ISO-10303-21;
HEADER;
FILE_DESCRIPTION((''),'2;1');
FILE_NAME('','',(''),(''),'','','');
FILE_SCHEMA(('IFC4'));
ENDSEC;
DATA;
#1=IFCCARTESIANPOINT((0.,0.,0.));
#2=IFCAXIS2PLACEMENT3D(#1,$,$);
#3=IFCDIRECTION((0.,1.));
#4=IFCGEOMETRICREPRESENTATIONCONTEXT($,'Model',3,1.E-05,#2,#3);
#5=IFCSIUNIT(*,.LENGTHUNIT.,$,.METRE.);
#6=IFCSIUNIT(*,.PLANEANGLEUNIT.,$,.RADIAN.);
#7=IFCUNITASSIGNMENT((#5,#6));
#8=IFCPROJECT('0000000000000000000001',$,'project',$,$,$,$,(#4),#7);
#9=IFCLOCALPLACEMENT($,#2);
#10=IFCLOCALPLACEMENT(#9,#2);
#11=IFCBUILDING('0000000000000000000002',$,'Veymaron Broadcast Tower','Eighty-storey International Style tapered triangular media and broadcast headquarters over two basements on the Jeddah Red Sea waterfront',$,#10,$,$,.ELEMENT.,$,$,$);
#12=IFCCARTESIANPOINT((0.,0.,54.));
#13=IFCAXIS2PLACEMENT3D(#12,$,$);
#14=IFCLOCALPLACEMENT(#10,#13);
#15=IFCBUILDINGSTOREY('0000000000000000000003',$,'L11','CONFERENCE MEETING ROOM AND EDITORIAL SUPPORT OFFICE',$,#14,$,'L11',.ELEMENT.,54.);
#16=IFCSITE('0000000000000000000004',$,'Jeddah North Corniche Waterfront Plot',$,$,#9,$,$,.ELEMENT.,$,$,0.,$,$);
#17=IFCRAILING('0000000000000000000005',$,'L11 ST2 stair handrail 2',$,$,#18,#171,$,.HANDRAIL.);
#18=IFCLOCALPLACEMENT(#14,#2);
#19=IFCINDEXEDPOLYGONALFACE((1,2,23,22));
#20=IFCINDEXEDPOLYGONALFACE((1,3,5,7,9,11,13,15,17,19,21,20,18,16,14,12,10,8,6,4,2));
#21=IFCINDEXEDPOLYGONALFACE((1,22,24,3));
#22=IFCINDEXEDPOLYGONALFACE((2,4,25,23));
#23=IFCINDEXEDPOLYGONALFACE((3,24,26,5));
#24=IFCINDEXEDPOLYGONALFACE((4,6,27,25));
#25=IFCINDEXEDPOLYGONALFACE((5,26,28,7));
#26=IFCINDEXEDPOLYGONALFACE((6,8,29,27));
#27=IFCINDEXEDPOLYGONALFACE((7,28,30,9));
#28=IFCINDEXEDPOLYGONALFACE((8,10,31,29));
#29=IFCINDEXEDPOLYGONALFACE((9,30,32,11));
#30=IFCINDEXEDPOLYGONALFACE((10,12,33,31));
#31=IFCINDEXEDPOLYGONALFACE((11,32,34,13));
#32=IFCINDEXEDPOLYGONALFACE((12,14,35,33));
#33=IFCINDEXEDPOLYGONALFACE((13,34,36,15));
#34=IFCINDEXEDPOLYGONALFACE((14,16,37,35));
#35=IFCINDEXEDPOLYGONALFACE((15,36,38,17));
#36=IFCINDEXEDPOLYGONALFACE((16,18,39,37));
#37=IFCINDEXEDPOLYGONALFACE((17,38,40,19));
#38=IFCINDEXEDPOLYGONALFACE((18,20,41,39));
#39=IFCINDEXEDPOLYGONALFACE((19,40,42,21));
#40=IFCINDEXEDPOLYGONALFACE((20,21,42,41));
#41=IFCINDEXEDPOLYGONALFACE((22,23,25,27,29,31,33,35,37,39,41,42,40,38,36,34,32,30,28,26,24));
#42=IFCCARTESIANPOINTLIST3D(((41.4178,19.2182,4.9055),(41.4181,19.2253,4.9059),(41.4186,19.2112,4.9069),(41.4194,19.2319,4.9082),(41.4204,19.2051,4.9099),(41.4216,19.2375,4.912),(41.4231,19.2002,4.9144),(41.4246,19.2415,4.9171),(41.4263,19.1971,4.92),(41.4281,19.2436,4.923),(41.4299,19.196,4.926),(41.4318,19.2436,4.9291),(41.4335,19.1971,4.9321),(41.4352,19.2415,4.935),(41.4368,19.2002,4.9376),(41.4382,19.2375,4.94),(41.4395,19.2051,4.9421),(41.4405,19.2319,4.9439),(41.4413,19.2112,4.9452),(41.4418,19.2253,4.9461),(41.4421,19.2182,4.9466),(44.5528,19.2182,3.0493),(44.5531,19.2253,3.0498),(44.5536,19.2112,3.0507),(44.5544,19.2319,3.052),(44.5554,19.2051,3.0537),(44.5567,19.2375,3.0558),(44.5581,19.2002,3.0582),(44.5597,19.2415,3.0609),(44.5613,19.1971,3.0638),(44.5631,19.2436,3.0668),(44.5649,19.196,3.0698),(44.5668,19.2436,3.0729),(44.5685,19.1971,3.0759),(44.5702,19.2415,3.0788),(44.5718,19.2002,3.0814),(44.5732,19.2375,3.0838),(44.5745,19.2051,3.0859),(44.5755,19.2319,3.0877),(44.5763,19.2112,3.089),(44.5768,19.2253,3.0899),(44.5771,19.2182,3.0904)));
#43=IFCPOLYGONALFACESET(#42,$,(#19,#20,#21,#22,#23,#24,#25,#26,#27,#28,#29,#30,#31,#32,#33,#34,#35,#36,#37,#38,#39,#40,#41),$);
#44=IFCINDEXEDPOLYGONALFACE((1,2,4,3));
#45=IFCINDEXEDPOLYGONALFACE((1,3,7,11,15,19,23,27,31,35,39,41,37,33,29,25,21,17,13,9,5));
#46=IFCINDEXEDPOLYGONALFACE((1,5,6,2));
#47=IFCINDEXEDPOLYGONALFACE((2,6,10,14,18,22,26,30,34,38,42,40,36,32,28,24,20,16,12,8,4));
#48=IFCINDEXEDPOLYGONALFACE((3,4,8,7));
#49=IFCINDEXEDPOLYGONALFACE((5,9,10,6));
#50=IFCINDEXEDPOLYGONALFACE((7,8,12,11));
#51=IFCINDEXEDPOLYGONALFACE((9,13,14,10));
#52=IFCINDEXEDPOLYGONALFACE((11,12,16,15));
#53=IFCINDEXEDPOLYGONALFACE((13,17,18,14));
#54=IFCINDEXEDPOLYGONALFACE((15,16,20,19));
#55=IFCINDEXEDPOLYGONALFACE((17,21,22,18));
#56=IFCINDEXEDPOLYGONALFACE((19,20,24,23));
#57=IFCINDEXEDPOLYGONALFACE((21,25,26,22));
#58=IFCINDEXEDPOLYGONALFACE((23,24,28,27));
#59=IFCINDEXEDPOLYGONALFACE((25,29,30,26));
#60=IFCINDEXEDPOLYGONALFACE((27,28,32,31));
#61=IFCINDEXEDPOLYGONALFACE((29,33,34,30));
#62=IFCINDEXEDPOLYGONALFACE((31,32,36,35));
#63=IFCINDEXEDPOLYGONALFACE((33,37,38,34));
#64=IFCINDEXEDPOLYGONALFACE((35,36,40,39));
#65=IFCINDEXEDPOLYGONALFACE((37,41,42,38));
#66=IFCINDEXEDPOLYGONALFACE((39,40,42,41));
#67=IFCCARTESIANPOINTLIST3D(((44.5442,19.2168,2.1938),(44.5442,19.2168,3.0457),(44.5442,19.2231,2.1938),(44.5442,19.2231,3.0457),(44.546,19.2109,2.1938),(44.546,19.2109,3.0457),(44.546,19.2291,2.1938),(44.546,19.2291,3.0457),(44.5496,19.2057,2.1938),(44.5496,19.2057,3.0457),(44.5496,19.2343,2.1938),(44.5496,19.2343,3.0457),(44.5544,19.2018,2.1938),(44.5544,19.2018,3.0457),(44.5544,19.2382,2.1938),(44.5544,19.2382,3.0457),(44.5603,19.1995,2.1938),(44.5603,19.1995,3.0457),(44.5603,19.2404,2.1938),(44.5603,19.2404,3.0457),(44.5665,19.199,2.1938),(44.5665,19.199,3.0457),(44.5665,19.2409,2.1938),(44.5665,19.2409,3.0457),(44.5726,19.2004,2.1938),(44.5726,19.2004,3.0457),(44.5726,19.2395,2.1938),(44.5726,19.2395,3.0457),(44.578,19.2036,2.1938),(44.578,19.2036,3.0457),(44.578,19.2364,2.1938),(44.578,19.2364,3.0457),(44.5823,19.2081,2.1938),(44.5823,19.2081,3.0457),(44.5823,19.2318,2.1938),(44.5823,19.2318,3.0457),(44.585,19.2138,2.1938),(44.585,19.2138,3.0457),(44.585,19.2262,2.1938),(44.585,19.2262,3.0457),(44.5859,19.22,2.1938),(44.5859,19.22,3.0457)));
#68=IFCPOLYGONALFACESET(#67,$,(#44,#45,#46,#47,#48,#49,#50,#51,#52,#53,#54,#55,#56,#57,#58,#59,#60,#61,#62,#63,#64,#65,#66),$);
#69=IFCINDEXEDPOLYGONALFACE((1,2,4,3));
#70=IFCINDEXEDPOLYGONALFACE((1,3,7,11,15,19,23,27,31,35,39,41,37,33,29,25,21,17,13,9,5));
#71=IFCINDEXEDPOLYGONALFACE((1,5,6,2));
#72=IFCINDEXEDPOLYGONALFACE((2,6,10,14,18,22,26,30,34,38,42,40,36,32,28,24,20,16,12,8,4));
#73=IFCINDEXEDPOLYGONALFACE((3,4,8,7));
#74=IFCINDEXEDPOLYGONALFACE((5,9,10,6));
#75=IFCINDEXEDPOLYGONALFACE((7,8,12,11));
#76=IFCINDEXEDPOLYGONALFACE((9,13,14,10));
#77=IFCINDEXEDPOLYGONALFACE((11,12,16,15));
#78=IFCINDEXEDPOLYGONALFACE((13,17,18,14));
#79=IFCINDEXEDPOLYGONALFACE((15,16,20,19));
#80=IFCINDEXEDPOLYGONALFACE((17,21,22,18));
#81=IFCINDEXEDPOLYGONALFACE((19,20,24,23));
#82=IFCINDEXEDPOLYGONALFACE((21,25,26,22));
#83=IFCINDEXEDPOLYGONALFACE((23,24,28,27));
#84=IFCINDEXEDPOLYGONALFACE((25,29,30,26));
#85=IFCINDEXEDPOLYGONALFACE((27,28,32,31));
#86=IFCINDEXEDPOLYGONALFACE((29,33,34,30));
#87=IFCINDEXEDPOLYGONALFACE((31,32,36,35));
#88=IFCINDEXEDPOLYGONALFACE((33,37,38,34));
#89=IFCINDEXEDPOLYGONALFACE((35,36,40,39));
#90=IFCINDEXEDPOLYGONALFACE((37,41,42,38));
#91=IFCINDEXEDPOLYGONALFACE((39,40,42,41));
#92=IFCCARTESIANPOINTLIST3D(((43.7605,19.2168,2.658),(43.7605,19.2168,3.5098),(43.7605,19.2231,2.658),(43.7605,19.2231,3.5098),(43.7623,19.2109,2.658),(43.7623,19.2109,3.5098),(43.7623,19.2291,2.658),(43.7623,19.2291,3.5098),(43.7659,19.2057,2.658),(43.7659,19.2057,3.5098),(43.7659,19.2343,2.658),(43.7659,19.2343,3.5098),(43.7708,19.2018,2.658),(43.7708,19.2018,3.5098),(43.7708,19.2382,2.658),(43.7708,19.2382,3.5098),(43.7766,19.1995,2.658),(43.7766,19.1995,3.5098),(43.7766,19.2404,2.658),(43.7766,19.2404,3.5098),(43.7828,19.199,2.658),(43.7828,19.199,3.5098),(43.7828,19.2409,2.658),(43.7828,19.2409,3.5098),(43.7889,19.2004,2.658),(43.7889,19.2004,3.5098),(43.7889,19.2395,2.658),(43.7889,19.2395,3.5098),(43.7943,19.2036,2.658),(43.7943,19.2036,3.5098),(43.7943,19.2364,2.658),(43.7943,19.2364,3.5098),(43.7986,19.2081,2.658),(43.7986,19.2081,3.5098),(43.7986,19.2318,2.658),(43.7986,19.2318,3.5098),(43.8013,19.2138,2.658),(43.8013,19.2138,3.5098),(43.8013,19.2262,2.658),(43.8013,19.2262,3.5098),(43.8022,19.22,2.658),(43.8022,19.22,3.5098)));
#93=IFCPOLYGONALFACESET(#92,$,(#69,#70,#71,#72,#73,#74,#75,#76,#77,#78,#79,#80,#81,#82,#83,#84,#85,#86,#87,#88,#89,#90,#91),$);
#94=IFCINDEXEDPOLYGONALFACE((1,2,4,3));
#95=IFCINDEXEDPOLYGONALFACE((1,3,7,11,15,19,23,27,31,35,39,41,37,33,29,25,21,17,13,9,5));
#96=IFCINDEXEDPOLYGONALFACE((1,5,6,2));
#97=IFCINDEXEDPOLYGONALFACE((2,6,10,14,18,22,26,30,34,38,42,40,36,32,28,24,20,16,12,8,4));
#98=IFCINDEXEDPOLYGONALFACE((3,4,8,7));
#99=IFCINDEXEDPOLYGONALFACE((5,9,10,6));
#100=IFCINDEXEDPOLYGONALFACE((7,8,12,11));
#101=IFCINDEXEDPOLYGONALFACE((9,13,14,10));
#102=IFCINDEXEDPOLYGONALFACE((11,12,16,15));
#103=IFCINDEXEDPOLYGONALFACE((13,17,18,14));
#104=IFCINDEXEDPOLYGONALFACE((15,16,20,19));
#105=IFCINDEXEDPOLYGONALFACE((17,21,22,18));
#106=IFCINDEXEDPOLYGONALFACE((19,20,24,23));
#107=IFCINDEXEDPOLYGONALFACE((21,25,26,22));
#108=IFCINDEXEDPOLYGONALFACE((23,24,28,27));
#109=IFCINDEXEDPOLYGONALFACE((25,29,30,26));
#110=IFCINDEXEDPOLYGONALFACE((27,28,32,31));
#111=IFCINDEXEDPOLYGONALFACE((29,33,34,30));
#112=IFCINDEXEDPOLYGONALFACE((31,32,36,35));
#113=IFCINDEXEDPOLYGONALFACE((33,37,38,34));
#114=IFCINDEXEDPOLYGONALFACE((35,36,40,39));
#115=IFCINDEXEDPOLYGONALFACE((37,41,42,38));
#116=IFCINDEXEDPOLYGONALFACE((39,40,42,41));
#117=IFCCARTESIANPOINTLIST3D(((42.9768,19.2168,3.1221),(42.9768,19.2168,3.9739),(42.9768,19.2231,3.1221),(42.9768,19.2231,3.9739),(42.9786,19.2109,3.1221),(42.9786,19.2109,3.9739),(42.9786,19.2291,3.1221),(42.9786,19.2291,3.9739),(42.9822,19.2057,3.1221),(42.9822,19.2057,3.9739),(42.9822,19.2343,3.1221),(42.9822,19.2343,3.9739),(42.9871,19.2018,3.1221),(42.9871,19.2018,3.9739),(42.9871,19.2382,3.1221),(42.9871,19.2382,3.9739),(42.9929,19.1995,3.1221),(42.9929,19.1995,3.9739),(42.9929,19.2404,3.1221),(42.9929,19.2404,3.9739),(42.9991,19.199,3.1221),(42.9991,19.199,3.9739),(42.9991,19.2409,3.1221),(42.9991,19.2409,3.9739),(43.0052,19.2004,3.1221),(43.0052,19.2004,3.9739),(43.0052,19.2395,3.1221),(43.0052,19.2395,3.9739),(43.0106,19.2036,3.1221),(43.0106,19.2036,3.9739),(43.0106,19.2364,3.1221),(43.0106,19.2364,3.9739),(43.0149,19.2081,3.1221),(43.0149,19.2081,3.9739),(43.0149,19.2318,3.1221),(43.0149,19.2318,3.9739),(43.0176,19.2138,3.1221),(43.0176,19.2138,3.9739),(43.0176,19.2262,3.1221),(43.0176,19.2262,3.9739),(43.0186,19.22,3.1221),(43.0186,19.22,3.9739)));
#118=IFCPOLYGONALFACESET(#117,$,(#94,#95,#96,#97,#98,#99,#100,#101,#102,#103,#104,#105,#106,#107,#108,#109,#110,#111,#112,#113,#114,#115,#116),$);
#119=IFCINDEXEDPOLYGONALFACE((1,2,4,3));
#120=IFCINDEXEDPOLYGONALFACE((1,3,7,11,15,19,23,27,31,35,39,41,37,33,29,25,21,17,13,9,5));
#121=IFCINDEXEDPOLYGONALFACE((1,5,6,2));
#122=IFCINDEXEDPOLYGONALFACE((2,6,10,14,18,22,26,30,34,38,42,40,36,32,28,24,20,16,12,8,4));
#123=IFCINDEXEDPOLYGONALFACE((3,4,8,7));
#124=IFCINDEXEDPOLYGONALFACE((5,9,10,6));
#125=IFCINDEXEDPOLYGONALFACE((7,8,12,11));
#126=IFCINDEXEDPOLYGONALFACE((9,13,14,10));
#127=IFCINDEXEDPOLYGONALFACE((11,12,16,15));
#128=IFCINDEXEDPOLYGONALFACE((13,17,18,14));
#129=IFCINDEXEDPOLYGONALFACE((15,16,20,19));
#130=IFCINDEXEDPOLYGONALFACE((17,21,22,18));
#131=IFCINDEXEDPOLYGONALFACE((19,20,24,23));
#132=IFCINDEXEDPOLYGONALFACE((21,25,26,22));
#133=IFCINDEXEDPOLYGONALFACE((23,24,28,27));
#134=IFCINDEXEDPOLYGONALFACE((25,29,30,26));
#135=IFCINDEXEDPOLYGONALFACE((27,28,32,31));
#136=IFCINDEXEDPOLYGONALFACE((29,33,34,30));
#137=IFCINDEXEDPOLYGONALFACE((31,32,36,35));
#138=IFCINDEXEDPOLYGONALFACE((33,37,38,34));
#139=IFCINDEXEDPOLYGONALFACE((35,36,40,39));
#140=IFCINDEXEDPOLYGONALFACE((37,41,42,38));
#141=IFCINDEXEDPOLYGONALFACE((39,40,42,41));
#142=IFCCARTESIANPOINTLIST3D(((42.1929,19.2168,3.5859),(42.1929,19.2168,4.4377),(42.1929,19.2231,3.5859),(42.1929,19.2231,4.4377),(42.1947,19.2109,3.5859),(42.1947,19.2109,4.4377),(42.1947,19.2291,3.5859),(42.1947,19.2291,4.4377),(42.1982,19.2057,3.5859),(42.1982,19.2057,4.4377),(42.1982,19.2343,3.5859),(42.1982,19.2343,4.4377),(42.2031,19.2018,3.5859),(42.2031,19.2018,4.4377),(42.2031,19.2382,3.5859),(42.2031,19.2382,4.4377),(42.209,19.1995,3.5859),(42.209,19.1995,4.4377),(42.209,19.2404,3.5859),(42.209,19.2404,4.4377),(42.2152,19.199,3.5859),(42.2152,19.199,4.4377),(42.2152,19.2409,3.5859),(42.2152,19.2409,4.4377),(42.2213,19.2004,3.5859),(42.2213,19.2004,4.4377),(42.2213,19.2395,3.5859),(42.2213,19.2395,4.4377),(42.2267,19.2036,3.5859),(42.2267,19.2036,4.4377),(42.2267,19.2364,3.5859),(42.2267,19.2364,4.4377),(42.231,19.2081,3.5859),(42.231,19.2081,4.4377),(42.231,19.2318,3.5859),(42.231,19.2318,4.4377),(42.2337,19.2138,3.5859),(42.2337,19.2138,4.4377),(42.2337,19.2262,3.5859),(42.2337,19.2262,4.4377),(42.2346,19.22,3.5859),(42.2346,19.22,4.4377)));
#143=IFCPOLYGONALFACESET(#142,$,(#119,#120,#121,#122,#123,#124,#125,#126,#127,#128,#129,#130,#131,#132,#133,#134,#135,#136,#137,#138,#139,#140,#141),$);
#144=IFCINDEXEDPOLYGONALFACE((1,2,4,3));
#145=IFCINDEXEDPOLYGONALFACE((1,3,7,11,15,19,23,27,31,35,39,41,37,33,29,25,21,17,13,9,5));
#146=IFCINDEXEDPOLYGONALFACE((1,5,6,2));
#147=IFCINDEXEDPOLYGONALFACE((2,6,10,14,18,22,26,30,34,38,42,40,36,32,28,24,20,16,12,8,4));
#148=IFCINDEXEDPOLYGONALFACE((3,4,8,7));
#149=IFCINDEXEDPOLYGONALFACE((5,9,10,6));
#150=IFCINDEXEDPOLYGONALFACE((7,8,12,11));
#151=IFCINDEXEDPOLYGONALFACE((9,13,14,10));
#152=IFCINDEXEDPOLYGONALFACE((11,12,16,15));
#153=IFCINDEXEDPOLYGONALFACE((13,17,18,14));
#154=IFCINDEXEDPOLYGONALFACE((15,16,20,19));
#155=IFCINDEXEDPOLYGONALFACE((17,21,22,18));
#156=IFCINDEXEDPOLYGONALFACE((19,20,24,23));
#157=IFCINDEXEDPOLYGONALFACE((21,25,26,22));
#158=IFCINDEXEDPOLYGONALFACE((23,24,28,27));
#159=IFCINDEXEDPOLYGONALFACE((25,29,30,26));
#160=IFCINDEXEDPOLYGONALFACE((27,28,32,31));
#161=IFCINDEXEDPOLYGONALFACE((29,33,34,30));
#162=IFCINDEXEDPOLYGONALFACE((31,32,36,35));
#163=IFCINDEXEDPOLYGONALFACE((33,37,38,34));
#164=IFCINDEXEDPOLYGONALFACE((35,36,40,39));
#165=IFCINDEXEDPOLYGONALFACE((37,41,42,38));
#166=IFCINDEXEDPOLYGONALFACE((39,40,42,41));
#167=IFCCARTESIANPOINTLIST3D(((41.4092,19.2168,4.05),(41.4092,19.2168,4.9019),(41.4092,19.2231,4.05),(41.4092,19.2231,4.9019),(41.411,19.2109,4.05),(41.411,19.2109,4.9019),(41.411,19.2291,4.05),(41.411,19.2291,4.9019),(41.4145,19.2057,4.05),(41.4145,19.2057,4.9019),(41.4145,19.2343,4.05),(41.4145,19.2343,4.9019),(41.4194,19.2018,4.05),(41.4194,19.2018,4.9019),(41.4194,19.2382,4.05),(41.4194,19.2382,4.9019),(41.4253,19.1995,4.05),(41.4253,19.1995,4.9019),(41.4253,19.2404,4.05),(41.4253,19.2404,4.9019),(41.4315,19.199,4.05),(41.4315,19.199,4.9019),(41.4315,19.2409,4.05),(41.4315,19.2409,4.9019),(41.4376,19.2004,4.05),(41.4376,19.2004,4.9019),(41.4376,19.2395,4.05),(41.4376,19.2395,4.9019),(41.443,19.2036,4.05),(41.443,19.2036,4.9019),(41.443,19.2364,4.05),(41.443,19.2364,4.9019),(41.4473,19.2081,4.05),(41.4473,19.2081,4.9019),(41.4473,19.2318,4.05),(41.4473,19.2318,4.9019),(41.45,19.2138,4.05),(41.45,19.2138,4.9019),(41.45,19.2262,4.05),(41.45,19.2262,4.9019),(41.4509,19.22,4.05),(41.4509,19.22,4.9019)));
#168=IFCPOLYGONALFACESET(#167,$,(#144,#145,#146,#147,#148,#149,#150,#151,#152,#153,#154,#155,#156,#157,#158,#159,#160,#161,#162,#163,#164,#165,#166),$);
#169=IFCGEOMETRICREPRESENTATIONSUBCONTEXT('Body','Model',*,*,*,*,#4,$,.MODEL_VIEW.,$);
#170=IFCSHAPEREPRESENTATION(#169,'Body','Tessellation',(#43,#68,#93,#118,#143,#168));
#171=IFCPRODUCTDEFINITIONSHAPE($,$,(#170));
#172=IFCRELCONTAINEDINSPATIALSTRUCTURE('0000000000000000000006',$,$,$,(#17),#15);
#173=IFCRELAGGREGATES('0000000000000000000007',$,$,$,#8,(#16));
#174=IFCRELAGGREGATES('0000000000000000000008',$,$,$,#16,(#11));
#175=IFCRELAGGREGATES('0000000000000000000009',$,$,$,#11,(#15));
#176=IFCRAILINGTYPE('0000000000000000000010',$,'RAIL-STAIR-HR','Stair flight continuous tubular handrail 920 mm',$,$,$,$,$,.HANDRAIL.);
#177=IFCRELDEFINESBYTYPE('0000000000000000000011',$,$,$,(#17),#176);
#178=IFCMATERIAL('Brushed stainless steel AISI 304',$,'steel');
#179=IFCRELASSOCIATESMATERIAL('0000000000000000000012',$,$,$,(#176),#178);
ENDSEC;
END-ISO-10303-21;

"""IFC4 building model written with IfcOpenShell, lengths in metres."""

from ifc_helpers import new_model, si_unit, direction, frame, origin, origin_2d, place, context, subcontext, project, spatial, circle, extrude, material, type_object, element, save


model = new_model("IFC4")

# Units and contexts
model_context = context("Model", 3, precision=1e-05, world=origin(), true_north=direction((0.0, 1.0)))
body_context = subcontext(model_context, "Body", "Model", "MODEL_VIEW")
ifc_project = project(units=[si_unit("LENGTHUNIT", "METRE"), si_unit("PLANEANGLEUNIT", "RADIAN")], contexts=[model_context])

# Site, building, storey
site_placement = place(None, origin())
site = spatial("IfcSite", under=ifc_project, at=site_placement, Name="Jeddah North Corniche Waterfront Plot", CompositionType="ELEMENT", RefElevation=0.0)
building_placement = place(site_placement, origin())
building = spatial("IfcBuilding", under=site, at=building_placement, Name="Veymaron Broadcast Tower", Description="Eighty-storey International Style tapered triangular media and broadcast headquarters over two basements on the Jeddah Red Sea waterfront", CompositionType="ELEMENT")
storey_placement = place(building_placement, frame((0.0, 0.0, 54.0)))
storey = spatial("IfcBuildingStorey", under=building, at=storey_placement, Name="L11", Description="CONFERENCE MEETING ROOM AND EDITORIAL SUPPORT OFFICE", LongName="L11", CompositionType="ELEMENT", Elevation=54.0)

# Shared definitions
ifc_material_1 = material(Name="Brushed stainless steel AISI 304", Category="steel")

# Railing
railing_type_1 = type_object("IfcRailingType", Name="RAIL-STAIR-HR", Description="Stair flight continuous tubular handrail 920 mm", PredefinedType="HANDRAIL", material=ifc_material_1)
railing_1_placement = place(storey_placement, frame((44.5649, 19.22, 2.1938)))
element("IfcRailing", 1, at=railing_1_placement, inside=storey, type_object=railing_type_1, Name="L11 ST2 stair handrail 2", PredefinedType="HANDRAIL", context=body_context, shape_type="SweptSolid", body=[
    extrude(circle(Radius=0.0239, at=origin_2d()), frame((0.0, 0.0, 0.876), z_axis=(-0.860482, 0.0, 0.509481), x_axis=(0.0, -1.0, 0.0)), (0.0, 0.0, 1.0), 3.6433),
    extrude(circle(Radius=0.021, at=origin_2d()), origin(), (0.0, 0.0, 1.0), 0.8518),
    extrude(circle(Radius=0.021, at=origin_2d()), frame((-0.7837, 0.0, 0.4641)), (0.0, 0.0, 1.0), 0.8518),
    extrude(circle(Radius=0.021, at=origin_2d()), frame((-1.5674, 0.0, 0.9282)), (0.0, 0.0, 1.0), 0.8518),
    extrude(circle(Radius=0.021, at=origin_2d()), frame((-2.3513, 0.0, 1.3921)), (0.0, 0.0, 1.0), 0.8518),
    extrude(circle(Radius=0.021, at=origin_2d()), frame((-3.135, 0.0, 1.8562)), (0.0, 0.0, 1.0), 0.8518),
])

save(model, "model.ifc")
